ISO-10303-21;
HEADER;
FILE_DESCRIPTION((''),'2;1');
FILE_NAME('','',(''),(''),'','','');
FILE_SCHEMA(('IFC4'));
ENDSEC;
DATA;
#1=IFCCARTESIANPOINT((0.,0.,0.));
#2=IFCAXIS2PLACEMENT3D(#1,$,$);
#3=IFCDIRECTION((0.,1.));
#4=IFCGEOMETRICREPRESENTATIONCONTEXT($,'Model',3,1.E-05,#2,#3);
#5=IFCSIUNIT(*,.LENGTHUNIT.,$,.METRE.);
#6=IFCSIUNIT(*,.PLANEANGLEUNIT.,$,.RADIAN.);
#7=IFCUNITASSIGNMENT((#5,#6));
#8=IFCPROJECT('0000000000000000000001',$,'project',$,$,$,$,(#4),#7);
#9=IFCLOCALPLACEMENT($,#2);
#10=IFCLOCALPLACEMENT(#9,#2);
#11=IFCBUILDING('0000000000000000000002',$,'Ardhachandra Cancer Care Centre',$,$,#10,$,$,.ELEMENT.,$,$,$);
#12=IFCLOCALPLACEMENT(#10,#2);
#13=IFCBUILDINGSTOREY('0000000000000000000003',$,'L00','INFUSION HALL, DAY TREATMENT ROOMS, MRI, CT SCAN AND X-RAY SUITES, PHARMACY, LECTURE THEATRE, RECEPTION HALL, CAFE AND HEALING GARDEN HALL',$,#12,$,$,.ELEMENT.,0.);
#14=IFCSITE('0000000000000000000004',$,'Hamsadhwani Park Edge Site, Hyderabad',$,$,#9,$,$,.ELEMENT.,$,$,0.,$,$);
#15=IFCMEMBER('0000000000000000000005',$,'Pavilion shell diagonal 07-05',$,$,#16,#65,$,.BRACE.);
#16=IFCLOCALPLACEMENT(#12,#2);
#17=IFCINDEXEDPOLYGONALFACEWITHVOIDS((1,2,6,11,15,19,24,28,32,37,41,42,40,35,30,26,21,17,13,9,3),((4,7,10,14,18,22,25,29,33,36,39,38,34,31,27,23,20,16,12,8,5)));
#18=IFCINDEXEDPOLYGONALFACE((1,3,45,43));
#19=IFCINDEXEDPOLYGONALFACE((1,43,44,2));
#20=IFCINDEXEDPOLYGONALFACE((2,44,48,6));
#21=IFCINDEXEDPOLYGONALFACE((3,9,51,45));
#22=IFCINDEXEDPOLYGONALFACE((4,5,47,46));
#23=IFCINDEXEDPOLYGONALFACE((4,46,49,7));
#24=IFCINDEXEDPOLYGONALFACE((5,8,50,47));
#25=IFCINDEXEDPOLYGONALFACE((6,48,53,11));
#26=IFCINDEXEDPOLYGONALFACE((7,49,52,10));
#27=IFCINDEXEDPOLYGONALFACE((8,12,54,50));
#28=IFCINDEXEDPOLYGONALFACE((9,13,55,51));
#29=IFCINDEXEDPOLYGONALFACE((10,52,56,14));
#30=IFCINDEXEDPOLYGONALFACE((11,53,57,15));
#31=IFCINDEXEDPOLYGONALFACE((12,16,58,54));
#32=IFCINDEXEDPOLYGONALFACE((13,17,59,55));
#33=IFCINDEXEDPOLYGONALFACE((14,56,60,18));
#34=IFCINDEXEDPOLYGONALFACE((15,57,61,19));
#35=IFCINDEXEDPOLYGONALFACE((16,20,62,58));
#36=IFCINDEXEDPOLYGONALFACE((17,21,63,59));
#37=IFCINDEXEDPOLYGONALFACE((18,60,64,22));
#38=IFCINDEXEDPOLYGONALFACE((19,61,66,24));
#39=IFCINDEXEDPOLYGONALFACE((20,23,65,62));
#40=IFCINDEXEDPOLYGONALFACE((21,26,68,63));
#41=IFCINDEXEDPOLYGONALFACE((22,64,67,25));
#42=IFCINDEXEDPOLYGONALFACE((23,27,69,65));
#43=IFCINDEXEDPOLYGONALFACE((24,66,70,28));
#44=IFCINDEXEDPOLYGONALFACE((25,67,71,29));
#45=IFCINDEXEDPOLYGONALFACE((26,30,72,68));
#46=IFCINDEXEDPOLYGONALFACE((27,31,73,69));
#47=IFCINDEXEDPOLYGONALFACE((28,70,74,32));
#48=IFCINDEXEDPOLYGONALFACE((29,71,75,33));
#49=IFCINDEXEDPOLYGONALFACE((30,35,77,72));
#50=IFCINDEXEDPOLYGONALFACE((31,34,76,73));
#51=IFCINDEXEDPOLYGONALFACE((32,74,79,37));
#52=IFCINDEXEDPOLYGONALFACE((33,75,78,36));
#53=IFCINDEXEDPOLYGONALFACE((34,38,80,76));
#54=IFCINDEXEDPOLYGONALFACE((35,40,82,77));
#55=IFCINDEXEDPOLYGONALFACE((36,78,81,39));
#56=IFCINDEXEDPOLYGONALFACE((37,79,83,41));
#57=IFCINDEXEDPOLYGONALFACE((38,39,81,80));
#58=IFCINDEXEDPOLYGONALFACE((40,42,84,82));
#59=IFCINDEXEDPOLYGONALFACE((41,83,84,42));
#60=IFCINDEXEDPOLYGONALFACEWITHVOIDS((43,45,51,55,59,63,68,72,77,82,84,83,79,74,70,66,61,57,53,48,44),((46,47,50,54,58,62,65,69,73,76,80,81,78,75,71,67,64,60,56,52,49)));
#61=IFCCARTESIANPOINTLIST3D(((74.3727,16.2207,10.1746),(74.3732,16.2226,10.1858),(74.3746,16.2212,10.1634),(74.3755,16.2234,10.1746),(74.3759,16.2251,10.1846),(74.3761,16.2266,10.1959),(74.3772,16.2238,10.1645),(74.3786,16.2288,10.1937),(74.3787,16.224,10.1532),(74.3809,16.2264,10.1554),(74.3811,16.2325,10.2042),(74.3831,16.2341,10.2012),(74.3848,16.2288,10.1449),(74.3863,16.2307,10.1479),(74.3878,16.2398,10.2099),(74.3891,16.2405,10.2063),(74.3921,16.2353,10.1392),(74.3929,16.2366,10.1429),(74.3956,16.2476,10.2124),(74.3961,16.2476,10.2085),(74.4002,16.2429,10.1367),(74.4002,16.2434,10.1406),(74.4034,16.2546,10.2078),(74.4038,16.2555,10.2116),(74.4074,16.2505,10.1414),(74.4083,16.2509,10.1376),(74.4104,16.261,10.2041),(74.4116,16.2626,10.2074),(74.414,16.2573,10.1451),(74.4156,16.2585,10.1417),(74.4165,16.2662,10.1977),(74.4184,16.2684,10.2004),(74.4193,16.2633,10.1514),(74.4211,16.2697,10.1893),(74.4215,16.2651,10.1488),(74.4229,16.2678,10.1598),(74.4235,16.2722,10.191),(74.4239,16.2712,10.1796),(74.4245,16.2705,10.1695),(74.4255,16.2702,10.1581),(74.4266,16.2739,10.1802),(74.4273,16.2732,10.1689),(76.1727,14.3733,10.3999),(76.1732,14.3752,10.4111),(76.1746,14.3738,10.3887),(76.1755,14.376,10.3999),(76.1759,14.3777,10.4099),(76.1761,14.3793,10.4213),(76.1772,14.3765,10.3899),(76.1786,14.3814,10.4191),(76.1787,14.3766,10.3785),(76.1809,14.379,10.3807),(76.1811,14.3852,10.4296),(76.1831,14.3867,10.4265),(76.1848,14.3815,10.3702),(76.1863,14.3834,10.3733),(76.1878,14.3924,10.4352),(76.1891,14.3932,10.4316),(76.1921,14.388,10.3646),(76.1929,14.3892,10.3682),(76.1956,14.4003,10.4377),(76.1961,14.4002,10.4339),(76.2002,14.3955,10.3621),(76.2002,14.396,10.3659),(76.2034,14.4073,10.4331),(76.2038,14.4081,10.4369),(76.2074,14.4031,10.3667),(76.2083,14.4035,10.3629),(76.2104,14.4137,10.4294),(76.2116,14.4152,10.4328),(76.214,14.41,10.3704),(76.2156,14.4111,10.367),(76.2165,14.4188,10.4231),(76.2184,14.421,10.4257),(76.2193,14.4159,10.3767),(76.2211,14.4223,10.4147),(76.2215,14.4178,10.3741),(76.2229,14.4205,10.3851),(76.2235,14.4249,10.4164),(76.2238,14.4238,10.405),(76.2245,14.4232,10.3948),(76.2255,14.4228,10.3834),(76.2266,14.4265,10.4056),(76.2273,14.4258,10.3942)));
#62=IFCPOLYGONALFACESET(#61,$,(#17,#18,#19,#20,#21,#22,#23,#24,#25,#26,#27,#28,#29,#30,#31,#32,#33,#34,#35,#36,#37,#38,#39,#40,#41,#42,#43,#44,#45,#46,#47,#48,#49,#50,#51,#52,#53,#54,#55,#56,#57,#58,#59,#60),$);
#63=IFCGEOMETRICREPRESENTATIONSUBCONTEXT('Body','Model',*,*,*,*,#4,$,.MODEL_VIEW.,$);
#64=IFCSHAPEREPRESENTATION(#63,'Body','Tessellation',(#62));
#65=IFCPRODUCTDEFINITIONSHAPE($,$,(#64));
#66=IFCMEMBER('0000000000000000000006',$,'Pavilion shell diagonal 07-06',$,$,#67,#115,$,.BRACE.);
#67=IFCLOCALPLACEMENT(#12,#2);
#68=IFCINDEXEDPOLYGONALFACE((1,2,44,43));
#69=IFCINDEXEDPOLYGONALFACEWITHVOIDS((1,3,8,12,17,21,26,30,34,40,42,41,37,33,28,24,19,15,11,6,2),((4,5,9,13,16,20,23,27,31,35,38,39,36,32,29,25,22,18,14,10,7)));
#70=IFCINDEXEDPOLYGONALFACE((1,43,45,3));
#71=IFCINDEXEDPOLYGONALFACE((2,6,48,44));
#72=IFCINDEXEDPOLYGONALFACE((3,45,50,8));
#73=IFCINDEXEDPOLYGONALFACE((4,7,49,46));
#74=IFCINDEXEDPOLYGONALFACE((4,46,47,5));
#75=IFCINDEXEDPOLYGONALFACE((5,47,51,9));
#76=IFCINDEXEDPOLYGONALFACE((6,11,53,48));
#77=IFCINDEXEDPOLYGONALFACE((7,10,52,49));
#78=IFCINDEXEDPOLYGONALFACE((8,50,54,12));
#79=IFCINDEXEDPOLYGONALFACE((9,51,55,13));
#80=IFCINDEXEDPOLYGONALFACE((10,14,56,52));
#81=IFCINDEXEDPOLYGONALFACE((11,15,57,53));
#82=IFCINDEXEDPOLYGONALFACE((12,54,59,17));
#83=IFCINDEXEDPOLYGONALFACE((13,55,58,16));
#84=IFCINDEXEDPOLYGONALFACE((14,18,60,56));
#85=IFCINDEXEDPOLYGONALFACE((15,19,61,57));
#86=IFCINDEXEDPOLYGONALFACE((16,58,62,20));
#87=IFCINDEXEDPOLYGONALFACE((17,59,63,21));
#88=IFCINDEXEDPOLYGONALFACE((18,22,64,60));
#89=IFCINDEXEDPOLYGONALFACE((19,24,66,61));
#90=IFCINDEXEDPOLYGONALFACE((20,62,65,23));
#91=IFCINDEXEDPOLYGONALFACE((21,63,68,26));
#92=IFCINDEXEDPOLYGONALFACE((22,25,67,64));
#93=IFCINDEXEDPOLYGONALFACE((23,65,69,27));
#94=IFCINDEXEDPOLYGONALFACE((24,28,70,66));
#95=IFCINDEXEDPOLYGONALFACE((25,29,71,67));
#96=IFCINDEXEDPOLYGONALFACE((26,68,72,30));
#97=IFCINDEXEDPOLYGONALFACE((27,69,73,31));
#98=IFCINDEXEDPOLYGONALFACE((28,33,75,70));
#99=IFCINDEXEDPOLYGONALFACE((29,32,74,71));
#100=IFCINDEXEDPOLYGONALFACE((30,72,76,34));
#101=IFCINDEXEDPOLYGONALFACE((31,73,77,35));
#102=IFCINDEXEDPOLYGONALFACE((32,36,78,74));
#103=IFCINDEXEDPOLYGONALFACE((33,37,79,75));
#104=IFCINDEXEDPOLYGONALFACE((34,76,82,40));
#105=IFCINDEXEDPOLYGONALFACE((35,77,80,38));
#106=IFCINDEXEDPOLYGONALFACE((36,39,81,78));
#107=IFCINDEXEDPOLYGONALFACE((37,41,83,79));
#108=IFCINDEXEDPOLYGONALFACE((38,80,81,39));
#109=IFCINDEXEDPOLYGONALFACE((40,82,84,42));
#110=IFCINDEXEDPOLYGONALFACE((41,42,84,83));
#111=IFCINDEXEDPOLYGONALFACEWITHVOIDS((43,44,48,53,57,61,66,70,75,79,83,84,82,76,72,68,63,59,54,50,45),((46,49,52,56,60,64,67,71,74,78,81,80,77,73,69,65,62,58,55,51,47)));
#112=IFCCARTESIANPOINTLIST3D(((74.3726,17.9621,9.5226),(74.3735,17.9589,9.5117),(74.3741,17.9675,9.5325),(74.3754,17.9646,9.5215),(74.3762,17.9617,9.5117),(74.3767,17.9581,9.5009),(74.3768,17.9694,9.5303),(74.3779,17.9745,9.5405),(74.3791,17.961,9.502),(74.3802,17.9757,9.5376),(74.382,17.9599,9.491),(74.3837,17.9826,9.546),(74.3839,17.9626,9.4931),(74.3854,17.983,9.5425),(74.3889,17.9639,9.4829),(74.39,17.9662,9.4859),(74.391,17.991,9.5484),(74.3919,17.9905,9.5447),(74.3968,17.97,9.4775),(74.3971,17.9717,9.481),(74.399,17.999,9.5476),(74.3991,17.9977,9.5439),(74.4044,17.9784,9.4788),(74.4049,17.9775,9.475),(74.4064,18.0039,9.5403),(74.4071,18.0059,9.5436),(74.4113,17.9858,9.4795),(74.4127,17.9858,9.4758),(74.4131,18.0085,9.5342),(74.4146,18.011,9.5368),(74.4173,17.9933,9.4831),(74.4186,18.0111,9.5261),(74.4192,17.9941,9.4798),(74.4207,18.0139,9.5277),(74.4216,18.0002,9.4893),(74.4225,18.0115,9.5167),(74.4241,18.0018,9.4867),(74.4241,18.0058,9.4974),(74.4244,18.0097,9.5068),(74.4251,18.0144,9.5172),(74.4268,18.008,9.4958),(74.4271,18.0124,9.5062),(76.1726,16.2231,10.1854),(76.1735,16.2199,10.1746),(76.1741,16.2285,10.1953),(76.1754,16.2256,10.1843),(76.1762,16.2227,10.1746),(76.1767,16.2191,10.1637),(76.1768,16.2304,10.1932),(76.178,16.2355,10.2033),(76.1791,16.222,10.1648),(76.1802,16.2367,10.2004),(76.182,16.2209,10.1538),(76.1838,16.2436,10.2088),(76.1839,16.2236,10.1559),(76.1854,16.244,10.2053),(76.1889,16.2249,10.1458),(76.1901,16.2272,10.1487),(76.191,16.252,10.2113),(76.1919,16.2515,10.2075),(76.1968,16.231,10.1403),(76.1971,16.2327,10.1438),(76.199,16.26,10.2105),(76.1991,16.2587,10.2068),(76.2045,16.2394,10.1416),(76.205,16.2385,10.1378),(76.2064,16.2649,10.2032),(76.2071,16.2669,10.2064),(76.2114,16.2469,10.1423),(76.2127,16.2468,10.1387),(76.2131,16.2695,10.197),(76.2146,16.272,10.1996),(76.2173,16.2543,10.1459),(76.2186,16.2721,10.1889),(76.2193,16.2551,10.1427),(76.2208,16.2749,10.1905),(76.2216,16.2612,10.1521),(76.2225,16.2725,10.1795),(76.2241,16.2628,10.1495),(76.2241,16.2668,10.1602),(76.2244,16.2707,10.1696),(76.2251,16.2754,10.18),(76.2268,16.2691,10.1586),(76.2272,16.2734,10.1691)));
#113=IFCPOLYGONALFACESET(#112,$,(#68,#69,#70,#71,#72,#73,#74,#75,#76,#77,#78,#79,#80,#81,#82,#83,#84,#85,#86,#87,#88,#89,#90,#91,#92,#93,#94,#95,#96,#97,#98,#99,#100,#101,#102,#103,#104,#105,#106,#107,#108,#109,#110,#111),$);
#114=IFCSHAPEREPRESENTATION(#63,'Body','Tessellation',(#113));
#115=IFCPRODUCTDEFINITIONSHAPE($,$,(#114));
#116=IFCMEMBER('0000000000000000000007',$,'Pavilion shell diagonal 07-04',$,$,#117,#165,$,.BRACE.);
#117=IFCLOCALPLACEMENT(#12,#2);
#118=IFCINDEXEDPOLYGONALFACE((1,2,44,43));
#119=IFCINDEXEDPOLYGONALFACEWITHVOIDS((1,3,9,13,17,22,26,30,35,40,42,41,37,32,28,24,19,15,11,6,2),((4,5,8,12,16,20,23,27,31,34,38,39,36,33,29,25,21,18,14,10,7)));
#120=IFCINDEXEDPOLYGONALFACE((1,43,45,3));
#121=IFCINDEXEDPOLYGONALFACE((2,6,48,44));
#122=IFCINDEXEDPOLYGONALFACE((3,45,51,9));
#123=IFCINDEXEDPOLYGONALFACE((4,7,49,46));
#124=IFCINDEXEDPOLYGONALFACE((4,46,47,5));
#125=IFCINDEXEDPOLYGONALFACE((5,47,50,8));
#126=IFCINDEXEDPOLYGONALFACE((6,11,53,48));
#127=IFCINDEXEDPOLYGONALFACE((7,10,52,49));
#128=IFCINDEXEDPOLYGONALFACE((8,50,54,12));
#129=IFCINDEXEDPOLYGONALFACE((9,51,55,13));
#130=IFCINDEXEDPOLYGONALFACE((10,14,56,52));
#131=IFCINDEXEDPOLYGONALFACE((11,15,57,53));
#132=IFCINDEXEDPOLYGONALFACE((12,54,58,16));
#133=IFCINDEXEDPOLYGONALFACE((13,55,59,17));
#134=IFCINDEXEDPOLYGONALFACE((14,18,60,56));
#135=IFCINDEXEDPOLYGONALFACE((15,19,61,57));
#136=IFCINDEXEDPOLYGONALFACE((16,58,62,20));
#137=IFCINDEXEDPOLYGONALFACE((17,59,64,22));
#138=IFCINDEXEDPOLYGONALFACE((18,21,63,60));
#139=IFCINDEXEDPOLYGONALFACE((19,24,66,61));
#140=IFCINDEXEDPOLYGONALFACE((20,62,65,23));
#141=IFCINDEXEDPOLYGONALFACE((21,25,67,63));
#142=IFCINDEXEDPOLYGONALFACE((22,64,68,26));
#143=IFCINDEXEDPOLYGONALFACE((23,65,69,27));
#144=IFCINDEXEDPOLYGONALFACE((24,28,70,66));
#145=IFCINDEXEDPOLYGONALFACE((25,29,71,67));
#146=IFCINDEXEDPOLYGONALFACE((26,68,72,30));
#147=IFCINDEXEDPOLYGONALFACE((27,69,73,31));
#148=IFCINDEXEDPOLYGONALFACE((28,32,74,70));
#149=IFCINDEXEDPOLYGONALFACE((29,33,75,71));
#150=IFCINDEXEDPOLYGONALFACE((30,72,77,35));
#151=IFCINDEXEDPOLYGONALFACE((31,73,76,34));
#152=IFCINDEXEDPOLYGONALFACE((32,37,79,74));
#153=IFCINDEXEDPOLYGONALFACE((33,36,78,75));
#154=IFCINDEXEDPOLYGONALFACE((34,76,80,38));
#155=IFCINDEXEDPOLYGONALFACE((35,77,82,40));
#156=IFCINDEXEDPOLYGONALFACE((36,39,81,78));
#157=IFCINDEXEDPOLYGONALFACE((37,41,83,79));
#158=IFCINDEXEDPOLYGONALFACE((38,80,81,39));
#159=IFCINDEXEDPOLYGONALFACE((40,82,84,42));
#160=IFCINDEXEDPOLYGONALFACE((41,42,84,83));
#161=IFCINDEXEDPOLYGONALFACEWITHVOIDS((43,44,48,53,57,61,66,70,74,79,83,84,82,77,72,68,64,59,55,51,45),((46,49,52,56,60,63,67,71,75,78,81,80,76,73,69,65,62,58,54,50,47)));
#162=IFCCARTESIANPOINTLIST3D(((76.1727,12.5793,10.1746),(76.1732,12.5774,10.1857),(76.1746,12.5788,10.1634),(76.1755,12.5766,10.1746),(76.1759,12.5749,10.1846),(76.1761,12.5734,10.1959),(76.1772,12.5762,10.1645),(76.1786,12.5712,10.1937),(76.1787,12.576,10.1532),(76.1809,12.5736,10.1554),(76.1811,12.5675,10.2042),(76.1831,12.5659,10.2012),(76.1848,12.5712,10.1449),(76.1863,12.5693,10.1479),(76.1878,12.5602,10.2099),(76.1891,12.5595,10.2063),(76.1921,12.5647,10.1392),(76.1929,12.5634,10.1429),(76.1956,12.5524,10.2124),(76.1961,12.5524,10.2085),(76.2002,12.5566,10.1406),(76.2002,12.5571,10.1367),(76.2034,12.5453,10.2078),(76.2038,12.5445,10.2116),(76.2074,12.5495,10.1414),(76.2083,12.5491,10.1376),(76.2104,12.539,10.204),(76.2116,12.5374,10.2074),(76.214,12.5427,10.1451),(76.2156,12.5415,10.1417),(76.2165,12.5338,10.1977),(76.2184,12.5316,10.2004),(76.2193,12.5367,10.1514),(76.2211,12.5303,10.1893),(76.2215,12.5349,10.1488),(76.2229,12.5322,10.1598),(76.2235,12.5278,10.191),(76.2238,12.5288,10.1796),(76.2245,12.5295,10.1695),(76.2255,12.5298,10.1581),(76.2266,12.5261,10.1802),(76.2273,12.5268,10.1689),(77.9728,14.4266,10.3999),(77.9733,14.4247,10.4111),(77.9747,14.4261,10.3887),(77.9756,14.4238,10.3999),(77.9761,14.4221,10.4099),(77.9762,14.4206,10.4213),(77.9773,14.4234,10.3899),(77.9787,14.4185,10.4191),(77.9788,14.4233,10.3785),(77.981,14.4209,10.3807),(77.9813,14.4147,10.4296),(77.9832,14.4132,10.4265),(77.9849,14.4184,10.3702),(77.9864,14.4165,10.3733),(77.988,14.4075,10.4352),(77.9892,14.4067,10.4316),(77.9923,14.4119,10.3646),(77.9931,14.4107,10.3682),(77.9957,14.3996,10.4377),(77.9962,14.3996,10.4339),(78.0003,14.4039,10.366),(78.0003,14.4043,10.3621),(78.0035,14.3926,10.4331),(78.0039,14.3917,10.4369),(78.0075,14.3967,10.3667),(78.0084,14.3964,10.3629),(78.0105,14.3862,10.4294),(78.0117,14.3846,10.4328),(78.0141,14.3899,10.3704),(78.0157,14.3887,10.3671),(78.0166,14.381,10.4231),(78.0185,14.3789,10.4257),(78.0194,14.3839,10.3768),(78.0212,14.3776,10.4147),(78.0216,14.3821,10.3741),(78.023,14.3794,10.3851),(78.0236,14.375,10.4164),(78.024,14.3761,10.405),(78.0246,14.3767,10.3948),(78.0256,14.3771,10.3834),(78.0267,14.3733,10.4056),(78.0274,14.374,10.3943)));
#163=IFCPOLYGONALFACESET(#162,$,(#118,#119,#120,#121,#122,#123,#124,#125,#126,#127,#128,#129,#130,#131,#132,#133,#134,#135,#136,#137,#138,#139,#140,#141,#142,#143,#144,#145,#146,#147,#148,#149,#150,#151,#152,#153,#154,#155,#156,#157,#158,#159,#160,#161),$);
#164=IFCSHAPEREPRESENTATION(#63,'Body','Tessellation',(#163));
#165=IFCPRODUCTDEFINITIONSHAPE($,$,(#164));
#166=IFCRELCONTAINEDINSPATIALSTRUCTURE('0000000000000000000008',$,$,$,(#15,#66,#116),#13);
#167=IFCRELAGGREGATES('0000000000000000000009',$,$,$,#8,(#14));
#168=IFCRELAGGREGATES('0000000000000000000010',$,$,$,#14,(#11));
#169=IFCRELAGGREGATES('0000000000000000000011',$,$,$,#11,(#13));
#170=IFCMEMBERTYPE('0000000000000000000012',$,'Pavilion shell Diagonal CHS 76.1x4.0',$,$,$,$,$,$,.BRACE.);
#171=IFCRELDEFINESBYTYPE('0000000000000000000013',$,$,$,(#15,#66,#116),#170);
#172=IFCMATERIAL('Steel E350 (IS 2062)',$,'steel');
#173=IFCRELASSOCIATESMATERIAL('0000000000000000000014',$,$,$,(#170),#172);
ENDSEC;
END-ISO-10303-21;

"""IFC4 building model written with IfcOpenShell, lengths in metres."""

from ifc_helpers import new_model, si_unit, direction, frame, origin, origin_2d, place, context, subcontext, project, spatial, hollow_circle, extrude, material, material_profile, profile_set, type_object, element, save


model = new_model("IFC4")

# Units and contexts
model_context = context("Model", 3, precision=1e-05, world=origin(), true_north=direction((0.0, 1.0)))
body_context = subcontext(model_context, "Body", "Model", "MODEL_VIEW")
ifc_project = project(units=[si_unit("LENGTHUNIT", "METRE"), si_unit("PLANEANGLEUNIT", "RADIAN")], contexts=[model_context])

# Site, building, storey
site_placement = place(None, origin())
site = spatial("IfcSite", under=ifc_project, at=site_placement, Name="Hamsadhwani Park Edge Site, Hyderabad", CompositionType="ELEMENT", RefElevation=0.0)
building_placement = place(site_placement, origin())
building = spatial("IfcBuilding", under=site, at=building_placement, Name="Ardhachandra Cancer Care Centre", CompositionType="ELEMENT")
storey_placement = place(building_placement, origin())
storey = spatial("IfcBuildingStorey", under=building, at=storey_placement, Name="L00", Description="INFUSION HALL, DAY TREATMENT ROOMS, MRI, CT SCAN AND X-RAY SUITES, PHARMACY, LECTURE THEATRE, RECEPTION HALL, CAFE AND HEALING GARDEN HALL", CompositionType="ELEMENT", Elevation=0.0)

# Members
ifc_material_1 = material(Name="Steel E350 (IS 2062)", Category="steel")
ifc_material_profile_1 = material_profile(ifc_material_1, hollow_circle(Radius=0.0381, WallThickness=0.0039, at=origin_2d()), Name="CHS 76.1x4.0")
ifc_profile_set_1 = profile_set([ifc_material_profile_1], Name="Steel E350 (IS 2062)")
member_type_1 = type_object("IfcMemberType", Name="Pavilion shell Diagonal CHS 76.1x4.0", PredefinedType="BRACE", material=ifc_profile_set_1)
for number, where, z_axis, x_axis, name in (
    (1, (76.2, 14.3999, 10.3999), (-0.695218, 0.713511, -0.087032), (-0.716228, -0.697866, 0.0), "Pavilion shell diagonal 07-05"),
    (2, (76.2, 16.2473, 10.1746), (-0.695227, 0.671654, -0.256007), (-0.694809, -0.719195, 0.0), "Pavilion shell diagonal 07-06"),
    (3, (76.2, 12.5527, 10.1746), (0.695265, 0.713464, 0.087038), (-0.716182, 0.697913, 0.0), "Pavilion shell diagonal 07-04"),
):
    element("IfcMember", number, at=place(storey_placement, frame(where, z_axis=z_axis, x_axis=x_axis)), inside=storey, type_object=member_type_1, Name=name, PredefinedType="BRACE", context=body_context, shape_type="SweptSolid", body=[
        extrude(hollow_circle(Radius=0.0381, WallThickness=0.0039, at=origin_2d()), origin(), (0.0, 0.0, 1.0), 2.5891),
    ])

save(model, "model.ifc")
